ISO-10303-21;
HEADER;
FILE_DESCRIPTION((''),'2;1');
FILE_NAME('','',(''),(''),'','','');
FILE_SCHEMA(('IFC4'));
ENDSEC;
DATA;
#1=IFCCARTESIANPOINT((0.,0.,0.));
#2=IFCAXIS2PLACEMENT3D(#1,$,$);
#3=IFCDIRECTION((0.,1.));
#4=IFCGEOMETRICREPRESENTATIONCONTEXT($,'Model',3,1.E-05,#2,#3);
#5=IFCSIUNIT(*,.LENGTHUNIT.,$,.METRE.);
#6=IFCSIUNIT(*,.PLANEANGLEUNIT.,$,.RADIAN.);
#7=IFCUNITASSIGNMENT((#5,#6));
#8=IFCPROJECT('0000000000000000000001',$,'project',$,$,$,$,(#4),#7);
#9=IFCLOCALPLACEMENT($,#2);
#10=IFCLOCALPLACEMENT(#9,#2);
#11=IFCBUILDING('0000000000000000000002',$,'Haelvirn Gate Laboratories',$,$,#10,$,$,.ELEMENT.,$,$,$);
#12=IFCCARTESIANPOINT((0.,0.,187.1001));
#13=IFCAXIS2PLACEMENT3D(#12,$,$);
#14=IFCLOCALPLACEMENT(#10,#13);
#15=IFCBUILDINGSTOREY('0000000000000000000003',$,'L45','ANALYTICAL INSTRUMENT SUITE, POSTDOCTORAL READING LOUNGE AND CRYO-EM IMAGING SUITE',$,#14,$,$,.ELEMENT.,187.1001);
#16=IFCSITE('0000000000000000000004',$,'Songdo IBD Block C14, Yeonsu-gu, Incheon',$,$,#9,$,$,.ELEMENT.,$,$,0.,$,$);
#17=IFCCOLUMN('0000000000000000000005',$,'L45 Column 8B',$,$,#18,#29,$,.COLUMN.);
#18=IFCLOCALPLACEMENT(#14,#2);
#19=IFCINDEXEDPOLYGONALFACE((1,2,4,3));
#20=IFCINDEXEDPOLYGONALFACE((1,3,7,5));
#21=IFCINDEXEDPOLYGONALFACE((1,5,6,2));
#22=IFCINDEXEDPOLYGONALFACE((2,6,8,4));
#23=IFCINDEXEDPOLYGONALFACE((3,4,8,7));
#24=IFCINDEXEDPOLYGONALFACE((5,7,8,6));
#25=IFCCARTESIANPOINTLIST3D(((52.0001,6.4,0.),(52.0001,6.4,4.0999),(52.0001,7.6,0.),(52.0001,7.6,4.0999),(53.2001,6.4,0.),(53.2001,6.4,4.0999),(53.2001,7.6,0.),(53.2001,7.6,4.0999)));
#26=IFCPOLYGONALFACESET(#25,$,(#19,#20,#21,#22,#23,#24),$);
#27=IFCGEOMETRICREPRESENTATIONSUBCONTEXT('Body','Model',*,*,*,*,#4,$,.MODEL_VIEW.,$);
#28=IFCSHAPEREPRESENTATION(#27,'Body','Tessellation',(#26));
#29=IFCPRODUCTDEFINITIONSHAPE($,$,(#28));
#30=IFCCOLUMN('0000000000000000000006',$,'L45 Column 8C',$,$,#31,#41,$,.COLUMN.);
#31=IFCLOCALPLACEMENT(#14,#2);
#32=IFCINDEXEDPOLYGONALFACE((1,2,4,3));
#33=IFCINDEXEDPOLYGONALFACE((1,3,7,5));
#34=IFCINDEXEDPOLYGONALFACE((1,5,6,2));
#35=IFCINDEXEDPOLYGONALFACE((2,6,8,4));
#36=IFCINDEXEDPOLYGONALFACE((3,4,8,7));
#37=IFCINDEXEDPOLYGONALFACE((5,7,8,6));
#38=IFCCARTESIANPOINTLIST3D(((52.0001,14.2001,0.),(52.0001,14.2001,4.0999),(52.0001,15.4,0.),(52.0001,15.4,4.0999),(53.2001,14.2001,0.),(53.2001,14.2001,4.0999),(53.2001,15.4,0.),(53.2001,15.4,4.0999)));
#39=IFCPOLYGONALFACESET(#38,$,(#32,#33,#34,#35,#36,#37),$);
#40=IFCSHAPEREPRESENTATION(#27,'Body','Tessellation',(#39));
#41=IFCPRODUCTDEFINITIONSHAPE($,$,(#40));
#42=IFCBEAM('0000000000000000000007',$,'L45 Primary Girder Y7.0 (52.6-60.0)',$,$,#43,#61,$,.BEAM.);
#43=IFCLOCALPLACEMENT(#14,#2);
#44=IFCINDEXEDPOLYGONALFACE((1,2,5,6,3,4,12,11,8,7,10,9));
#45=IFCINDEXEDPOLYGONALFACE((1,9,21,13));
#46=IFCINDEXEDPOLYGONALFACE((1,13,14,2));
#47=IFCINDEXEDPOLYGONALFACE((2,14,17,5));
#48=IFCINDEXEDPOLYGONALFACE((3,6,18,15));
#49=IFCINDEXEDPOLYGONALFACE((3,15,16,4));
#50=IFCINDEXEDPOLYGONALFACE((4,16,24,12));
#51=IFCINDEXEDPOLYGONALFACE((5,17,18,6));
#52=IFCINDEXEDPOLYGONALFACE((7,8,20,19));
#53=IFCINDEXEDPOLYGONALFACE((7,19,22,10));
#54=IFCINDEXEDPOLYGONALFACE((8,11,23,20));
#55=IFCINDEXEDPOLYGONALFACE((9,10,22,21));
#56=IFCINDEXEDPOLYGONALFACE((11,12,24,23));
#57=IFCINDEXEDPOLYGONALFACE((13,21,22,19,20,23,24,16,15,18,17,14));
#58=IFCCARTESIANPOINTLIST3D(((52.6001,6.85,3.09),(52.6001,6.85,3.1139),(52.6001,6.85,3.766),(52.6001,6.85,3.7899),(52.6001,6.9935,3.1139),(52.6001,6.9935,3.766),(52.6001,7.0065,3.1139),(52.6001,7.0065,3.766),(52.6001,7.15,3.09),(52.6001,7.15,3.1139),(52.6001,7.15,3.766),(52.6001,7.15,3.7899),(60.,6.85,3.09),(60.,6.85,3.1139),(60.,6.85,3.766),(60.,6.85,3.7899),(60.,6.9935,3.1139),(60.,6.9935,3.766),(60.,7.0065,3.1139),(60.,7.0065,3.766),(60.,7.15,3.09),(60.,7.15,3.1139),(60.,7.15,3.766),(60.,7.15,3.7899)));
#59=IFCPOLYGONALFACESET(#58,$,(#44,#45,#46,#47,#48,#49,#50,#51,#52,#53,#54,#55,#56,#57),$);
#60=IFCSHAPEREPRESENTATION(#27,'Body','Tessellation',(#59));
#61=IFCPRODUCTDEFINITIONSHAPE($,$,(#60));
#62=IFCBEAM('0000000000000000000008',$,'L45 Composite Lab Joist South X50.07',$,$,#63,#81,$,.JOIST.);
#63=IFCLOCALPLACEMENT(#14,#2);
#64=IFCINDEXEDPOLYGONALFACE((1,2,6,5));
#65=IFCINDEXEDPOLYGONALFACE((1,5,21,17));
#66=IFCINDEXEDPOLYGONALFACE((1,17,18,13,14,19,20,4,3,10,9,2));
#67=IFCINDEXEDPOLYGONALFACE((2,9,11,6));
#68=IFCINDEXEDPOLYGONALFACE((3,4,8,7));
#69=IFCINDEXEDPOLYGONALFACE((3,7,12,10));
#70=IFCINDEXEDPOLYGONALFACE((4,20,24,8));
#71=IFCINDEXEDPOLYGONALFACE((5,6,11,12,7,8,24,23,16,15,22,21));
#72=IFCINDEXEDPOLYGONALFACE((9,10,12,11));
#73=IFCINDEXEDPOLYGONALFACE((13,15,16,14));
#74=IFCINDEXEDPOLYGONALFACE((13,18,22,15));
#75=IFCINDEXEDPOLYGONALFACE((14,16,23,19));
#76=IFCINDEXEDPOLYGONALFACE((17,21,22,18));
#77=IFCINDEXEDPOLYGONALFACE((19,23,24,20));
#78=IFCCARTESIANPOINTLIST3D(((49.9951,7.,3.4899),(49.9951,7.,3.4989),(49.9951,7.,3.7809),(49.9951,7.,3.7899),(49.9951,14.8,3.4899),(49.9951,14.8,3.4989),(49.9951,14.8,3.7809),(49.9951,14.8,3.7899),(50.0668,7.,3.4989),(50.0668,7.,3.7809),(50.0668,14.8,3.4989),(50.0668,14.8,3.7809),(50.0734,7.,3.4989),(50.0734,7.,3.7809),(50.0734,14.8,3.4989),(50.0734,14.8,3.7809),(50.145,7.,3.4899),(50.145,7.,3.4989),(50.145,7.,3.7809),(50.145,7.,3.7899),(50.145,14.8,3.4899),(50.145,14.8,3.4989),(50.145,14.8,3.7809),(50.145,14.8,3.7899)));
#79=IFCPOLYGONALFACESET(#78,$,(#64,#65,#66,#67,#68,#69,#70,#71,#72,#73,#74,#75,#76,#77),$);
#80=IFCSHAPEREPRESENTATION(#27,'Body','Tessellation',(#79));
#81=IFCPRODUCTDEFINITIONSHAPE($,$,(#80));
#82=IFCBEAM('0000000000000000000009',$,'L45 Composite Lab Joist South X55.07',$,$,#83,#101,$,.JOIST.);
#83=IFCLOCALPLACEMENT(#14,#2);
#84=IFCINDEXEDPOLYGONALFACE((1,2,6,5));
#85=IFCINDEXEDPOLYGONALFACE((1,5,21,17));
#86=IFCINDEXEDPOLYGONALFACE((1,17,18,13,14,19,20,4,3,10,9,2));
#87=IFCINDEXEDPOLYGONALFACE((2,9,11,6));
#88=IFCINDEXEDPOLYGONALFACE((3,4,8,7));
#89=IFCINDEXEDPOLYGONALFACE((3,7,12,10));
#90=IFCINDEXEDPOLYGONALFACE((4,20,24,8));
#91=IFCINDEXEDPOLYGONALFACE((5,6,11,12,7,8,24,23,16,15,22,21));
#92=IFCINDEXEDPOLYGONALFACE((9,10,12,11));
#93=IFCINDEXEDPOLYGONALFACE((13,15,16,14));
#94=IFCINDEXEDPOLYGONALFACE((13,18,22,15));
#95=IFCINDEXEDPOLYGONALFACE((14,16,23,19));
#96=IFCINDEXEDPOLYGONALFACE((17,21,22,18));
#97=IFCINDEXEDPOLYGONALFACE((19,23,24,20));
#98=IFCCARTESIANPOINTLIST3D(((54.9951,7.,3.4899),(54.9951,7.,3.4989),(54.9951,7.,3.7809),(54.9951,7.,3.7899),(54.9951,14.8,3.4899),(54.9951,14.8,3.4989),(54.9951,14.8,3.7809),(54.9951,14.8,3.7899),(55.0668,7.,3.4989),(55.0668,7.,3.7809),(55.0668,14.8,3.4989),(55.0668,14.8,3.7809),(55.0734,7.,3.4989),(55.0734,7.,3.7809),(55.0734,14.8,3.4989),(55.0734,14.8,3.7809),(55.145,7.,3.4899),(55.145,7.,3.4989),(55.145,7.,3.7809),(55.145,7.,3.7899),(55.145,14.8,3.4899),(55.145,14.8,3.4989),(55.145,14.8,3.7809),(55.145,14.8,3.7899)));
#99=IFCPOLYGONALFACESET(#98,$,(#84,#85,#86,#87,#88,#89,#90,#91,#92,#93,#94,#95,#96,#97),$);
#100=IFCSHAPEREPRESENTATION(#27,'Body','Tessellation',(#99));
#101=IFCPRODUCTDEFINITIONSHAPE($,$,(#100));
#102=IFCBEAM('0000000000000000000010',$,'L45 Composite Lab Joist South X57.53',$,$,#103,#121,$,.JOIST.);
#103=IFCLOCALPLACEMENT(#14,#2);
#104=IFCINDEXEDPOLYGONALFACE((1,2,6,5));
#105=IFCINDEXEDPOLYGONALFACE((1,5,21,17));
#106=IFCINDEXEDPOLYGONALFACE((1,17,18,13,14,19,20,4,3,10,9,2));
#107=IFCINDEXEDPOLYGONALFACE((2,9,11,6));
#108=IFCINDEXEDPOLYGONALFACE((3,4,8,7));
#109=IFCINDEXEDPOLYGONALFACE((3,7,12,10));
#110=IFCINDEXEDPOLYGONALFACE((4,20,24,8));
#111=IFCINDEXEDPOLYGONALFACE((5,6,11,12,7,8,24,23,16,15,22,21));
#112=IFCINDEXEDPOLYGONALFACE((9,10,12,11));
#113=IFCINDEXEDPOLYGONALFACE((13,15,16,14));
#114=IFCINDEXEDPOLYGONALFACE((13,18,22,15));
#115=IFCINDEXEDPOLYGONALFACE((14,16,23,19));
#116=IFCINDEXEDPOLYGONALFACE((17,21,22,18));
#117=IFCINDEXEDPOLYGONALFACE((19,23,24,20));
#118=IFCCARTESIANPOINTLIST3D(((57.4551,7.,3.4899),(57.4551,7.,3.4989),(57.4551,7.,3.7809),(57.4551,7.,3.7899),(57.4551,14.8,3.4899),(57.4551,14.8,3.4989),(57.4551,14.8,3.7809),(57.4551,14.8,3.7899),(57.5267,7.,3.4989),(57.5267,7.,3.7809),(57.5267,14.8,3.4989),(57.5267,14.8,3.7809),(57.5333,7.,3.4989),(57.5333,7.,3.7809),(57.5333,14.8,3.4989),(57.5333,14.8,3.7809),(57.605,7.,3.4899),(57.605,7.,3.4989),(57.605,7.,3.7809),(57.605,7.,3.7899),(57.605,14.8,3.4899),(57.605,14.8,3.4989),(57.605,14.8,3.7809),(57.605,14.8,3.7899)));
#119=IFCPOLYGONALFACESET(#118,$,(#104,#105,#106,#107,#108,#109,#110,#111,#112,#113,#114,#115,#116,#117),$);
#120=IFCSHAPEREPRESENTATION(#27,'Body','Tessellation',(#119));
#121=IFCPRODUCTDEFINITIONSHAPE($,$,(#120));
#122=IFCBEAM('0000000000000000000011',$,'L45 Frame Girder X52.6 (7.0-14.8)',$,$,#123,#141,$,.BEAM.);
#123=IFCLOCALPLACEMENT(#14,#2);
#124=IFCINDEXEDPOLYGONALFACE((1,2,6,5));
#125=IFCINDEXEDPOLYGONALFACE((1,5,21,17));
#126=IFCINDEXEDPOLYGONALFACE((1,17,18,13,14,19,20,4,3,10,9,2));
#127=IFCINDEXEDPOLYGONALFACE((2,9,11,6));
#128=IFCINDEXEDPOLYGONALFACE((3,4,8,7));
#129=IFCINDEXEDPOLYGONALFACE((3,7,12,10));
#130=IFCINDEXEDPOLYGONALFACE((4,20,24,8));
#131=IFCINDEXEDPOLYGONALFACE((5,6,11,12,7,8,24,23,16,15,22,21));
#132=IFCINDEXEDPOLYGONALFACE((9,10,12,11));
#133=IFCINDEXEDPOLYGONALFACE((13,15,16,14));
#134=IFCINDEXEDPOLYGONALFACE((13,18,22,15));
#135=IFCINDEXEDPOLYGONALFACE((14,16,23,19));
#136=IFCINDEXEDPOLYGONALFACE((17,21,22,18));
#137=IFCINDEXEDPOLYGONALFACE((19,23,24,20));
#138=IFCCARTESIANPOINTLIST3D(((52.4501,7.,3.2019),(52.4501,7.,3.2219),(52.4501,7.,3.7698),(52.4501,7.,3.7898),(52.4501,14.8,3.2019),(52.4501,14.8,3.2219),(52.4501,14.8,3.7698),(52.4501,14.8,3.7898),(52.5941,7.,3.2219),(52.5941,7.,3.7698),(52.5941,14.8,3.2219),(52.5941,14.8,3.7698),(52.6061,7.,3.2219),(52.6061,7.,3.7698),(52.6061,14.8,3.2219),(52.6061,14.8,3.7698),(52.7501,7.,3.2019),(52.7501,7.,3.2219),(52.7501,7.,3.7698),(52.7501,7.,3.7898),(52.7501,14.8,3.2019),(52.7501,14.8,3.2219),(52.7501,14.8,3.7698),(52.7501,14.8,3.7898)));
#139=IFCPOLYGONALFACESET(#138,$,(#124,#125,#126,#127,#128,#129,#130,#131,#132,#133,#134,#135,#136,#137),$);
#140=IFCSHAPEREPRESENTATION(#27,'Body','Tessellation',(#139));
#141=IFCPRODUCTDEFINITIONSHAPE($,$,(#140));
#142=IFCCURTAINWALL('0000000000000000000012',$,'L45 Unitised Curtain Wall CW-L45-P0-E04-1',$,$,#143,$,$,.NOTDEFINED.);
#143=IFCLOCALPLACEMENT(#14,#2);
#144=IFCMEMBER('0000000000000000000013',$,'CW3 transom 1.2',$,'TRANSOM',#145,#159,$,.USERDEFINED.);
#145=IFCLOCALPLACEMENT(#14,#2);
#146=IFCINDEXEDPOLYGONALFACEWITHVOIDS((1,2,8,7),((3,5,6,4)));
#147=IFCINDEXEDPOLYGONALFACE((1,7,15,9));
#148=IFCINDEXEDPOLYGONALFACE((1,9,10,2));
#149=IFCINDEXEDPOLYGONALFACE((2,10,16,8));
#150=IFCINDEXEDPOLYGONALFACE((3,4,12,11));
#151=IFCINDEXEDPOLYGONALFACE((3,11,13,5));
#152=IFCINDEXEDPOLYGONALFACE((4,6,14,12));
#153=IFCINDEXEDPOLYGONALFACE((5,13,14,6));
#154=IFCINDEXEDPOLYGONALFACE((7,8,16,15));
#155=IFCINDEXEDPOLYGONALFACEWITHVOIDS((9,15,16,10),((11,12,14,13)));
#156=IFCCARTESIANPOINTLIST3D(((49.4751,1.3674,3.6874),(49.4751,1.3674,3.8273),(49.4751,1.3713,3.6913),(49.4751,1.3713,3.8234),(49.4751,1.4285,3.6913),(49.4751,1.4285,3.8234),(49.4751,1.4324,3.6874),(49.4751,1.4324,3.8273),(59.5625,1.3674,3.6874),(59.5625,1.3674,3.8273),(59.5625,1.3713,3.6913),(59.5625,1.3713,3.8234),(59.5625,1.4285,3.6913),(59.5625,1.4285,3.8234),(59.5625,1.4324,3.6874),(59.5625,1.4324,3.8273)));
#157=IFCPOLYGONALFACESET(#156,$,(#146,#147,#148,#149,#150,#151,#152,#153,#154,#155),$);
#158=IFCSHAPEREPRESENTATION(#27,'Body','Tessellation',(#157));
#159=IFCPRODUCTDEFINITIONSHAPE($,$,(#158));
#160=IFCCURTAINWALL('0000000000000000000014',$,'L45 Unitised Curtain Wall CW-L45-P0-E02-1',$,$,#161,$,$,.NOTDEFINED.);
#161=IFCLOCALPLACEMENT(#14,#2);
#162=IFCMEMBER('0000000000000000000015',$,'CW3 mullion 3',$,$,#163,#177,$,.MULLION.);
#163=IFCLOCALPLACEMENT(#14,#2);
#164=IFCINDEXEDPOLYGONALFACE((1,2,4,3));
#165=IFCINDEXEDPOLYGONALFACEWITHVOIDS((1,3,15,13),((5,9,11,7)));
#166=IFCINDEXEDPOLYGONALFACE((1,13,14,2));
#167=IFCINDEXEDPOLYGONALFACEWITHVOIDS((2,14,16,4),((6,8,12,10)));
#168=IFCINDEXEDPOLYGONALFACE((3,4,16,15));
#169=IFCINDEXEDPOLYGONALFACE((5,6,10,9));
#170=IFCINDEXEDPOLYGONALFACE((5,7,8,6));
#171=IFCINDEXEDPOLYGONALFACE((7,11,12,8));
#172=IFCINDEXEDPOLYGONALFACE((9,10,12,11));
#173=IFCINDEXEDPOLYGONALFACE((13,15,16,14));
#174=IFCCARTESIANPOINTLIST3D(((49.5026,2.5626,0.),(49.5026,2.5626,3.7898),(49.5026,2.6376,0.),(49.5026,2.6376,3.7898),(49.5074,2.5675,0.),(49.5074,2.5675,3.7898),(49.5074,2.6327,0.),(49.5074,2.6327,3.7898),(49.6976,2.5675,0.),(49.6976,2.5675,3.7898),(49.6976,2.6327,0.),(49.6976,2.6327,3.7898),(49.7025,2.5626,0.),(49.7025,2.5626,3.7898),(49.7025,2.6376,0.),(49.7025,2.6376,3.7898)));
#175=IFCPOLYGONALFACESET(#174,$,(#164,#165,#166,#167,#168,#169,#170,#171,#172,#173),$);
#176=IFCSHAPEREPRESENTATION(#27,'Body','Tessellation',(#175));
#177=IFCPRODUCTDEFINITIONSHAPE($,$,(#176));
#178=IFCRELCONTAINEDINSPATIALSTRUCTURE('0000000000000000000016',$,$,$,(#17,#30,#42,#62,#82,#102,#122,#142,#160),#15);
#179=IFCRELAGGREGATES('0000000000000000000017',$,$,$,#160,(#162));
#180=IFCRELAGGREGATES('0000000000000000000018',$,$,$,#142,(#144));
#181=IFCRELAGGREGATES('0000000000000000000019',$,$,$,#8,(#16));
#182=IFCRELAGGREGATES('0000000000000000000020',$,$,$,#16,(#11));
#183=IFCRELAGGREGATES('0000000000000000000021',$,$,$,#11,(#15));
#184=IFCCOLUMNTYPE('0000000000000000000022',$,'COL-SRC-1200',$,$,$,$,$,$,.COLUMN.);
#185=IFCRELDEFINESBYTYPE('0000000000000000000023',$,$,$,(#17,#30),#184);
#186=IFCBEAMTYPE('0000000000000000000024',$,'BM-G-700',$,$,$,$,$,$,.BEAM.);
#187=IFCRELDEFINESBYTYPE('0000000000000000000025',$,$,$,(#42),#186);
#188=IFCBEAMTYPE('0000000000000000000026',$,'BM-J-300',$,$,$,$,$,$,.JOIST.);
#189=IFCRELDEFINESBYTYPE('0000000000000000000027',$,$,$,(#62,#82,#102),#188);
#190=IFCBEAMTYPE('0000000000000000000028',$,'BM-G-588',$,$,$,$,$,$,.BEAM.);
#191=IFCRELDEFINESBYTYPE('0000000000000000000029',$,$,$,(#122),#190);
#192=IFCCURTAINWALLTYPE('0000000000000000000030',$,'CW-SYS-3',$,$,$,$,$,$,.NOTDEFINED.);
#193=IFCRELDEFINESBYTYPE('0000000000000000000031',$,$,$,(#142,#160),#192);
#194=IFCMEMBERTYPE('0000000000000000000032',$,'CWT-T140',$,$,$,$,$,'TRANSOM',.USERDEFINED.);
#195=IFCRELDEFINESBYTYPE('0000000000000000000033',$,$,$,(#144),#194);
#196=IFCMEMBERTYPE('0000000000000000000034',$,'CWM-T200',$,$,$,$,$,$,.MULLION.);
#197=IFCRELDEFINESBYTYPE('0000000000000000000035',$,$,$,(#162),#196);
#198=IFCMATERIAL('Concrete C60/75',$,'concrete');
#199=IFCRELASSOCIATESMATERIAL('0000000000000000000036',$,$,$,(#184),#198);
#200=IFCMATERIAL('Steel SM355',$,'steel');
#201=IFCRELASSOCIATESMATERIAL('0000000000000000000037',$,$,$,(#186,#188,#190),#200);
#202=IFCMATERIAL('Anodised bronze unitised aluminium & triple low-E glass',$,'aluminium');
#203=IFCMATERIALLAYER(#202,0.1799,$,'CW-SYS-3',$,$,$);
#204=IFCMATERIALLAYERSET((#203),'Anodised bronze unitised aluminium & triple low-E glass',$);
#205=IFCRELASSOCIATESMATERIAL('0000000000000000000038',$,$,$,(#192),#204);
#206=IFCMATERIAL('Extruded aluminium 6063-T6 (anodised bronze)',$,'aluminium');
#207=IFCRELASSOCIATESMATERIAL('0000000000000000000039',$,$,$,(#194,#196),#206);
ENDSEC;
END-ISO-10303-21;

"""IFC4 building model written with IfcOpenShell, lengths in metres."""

from ifc_helpers import new_model, si_unit, direction, frame, origin, origin_2d, place, context, subcontext, project, spatial, rectangle, hollow_rectangle, i_section, extrude, source, transform, mapped, material, layer, layer_set, material_profile, profile_set, type_object, type_shapes, element, aggregate, save


model = new_model("IFC4")

# Units and contexts
model_context = context("Model", 3, precision=1e-05, world=origin(), true_north=direction((0.0, 1.0)))
body_context = subcontext(model_context, "Body", "Model", "MODEL_VIEW")
ifc_project = project(units=[si_unit("LENGTHUNIT", "METRE"), si_unit("PLANEANGLEUNIT", "RADIAN")], contexts=[model_context])

# Site, building, storey
site_placement = place(None, origin())
site = spatial("IfcSite", under=ifc_project, at=site_placement, Name="Songdo IBD Block C14, Yeonsu-gu, Incheon", CompositionType="ELEMENT", RefElevation=0.0)
building_placement = place(site_placement, origin())
building = spatial("IfcBuilding", under=site, at=building_placement, Name="Haelvirn Gate Laboratories", CompositionType="ELEMENT")
storey_placement = place(building_placement, frame((0.0, 0.0, 187.1001)))
storey = spatial("IfcBuildingStorey", under=building, at=storey_placement, Name="L45", Description="ANALYTICAL INSTRUMENT SUITE, POSTDOCTORAL READING LOUNGE AND CRYO-EM IMAGING SUITE", CompositionType="ELEMENT", Elevation=187.1001)

# Columns
ifc_material_1 = material(Name="Concrete C60/75", Category="concrete")
ifc_material_profile_1 = material_profile(ifc_material_1, rectangle(XDim=1.2, YDim=1.2, at=origin_2d()), Name="SRC-1200x1200")
ifc_profile_set_1 = profile_set([ifc_material_profile_1], Name="Concrete C60/75")
column_type = type_object("IfcColumnType", Name="COL-SRC-1200", PredefinedType="COLUMN", material=ifc_profile_set_1)
shared_shape_1 = source(origin(), body_context, "Body", "SweptSolid", [
    extrude(rectangle(XDim=1.2, YDim=1.2, at=origin_2d()), origin(), (0.0, 0.0, 1.0), 4.0999),
])
type_shapes(column_type, [shared_shape_1])
for number, where, z_axis, x_axis, name in (
    (1, (52.6001, 7.0, 0.0), (0.0, 0.0, 1.0), (1.0, 0.0, 0.0), "L45 Column 8B"),
    (2, (52.6001, 14.8, 0.0), (0.0, 0.0, 1.0), (1.0, 0.0, 0.0), "L45 Column 8C"),
):
    element("IfcColumn", number, at=place(storey_placement, frame(where, z_axis=z_axis, x_axis=x_axis)), inside=storey, type_object=column_type, Name=name, PredefinedType="COLUMN", context=body_context, shape_type="MappedRepresentation", body=[
        mapped(shared_shape_1, transform((0.0, 0.0, 0.0), scale=1.0)),
    ])

# Beams
ifc_material_2 = material(Name="Steel SM355", Category="steel")
ifc_material_profile_2 = material_profile(ifc_material_2, i_section(OverallWidth=0.3, OverallDepth=0.7, WebThickness=0.0129, FlangeThickness=0.0239, at=origin_2d()), Name="H-700x300x13x24")
ifc_profile_set_2 = profile_set([ifc_material_profile_2], Name="Steel SM355")
beam_type_1 = type_object("IfcBeamType", Name="BM-G-700", PredefinedType="BEAM", material=ifc_profile_set_2)
shared_shape_2 = source(origin(), body_context, "Body", "SweptSolid", [
    extrude(i_section(OverallWidth=0.3, OverallDepth=0.7, WebThickness=0.0129, FlangeThickness=0.0239, at=origin_2d()), origin(), (0.0, 0.0, 1.0), 7.3999),
])
type_shapes(beam_type_1, [shared_shape_2])
beam_1_placement = place(storey_placement, frame((52.6001, 7.0, 3.4399), z_axis=(1.0, 0.0, 0.0), x_axis=(0.0, 1.0, 0.0)))
element("IfcBeam", 3, at=beam_1_placement, inside=storey, type_object=beam_type_1, Name="L45 Primary Girder Y7.0 (52.6-60.0)", PredefinedType="BEAM", context=body_context, shape_type="MappedRepresentation", body=[
    mapped(shared_shape_2, transform((0.0, 0.0, 0.0), scale=1.0)),
])
ifc_material_profile_3 = material_profile(ifc_material_2, i_section(OverallWidth=0.1499, OverallDepth=0.3, WebThickness=0.0066, FlangeThickness=0.009, at=origin_2d()), Name="H-300x150x6.5x9")
ifc_profile_set_3 = profile_set([ifc_material_profile_3], Name="Steel SM355")
beam_type_2 = type_object("IfcBeamType", Name="BM-J-300", PredefinedType="JOIST", material=ifc_profile_set_3)
shared_shape_3 = source(origin(), body_context, "Body", "SweptSolid", [
    extrude(i_section(OverallWidth=0.1499, OverallDepth=0.3, WebThickness=0.0066, FlangeThickness=0.009, at=origin_2d()), origin(), (0.0, 0.0, 1.0), 7.8),
])
type_shapes(beam_type_2, [shared_shape_3])
for number, where, z_axis, x_axis, name in (
    (4, (50.0701, 7.0, 3.6399), (0.0, 1.0, 0.0), (-1.0, 0.0, 0.0), "L45 Composite Lab Joist South X50.07"),
    (5, (55.0701, 7.0, 3.6399), (0.0, 1.0, 0.0), (-1.0, 0.0, 0.0), "L45 Composite Lab Joist South X55.07"),
    (6, (57.53, 7.0, 3.6399), (0.0, 1.0, 0.0), (-1.0, 0.0, 0.0), "L45 Composite Lab Joist South X57.53"),
):
    element("IfcBeam", number, at=place(storey_placement, frame(where, z_axis=z_axis, x_axis=x_axis)), inside=storey, type_object=beam_type_2, Name=name, PredefinedType="JOIST", context=body_context, shape_type="MappedRepresentation", body=[
        mapped(shared_shape_3, transform((0.0, 0.0, 0.0), scale=1.0)),
    ])
ifc_material_profile_4 = material_profile(ifc_material_2, i_section(OverallWidth=0.3, OverallDepth=0.5879, WebThickness=0.012, FlangeThickness=0.02, at=origin_2d()), Name="H-588x300x12x20")
ifc_profile_set_4 = profile_set([ifc_material_profile_4], Name="Steel SM355")
beam_type_3 = type_object("IfcBeamType", Name="BM-G-588", PredefinedType="BEAM", material=ifc_profile_set_4)
shared_shape_4 = source(origin(), body_context, "Body", "SweptSolid", [
    extrude(i_section(OverallWidth=0.3, OverallDepth=0.5879, WebThickness=0.012, FlangeThickness=0.02, at=origin_2d()), origin(), (0.0, 0.0, 1.0), 7.8),
])
type_shapes(beam_type_3, [shared_shape_4])
beam_2_placement = place(storey_placement, frame((52.6001, 7.0, 3.4958), z_axis=(0.0, 1.0, 0.0), x_axis=(-1.0, 0.0, 0.0)))
element("IfcBeam", 7, at=beam_2_placement, inside=storey, type_object=beam_type_3, Name="L45 Frame Girder X52.6 (7.0-14.8)", PredefinedType="BEAM", context=body_context, shape_type="MappedRepresentation", body=[
    mapped(shared_shape_4, transform((0.0, 0.0, 0.0), scale=1.0)),
])

# Curtain walls, members
ifc_material_3 = material(Name="Anodised bronze unitised aluminium & triple low-E glass", Category="aluminium")
ifc_layer_1 = layer(ifc_material_3, 0.1799, Name="CW-SYS-3")
ifc_layer_set_1 = layer_set([ifc_layer_1], Name="Anodised bronze unitised aluminium & triple low-E glass")
curtain_wall_type = type_object("IfcCurtainWallType", Name="CW-SYS-3", PredefinedType="NOTDEFINED", material=ifc_layer_set_1)
curtain_wall_1_placement = place(storey_placement, origin())
curtain_wall_1 = element("IfcCurtainWall", 8, at=curtain_wall_1_placement, inside=storey, type_object=curtain_wall_type, Name="L45 Unitised Curtain Wall CW-L45-P0-E04-1", PredefinedType="NOTDEFINED")
ifc_material_4 = material(Name="Extruded aluminium 6063-T6 (anodised bronze)", Category="aluminium")
ifc_material_profile_5 = material_profile(ifc_material_4, hollow_rectangle(XDim=0.0649, YDim=0.1399, WallThickness=0.0039, at=origin_2d()), Name="CWT-140x65x4")
ifc_profile_set_5 = profile_set([ifc_material_profile_5], Name="Extruded aluminium 6063-T6 (anodised bronze)")
member_type_1 = type_object("IfcMemberType", Name="CWT-T140", ElementType="TRANSOM", PredefinedType="USERDEFINED", material=ifc_profile_set_5)
shared_shape_5 = source(origin(), body_context, "Body", "SweptSolid", [
    extrude(hollow_rectangle(XDim=0.0649, YDim=0.1399, WallThickness=0.0039, at=origin_2d()), origin(), (0.0, 0.0, 1.0), 10.0874),
])
type_shapes(member_type_1, [shared_shape_5])
member_1_placement = place(storey_placement, frame((49.4751, 1.3999, 3.7573), z_axis=(1.0, 0.0, 0.0), x_axis=(0.0, 1.0, 0.0)))
member_1 = element("IfcMember", 9, at=member_1_placement, type_object=member_type_1, Name="CW3 transom 1.2", ObjectType="TRANSOM", PredefinedType="USERDEFINED", context=body_context, shape_type="MappedRepresentation", body=[
    mapped(shared_shape_5, transform((0.0, 0.0, 0.0), scale=1.0)),
])
curtain_wall_2_placement = place(storey_placement, origin())
curtain_wall_2 = element("IfcCurtainWall", 10, at=curtain_wall_2_placement, inside=storey, type_object=curtain_wall_type, Name="L45 Unitised Curtain Wall CW-L45-P0-E02-1", PredefinedType="NOTDEFINED")
ifc_material_profile_6 = material_profile(ifc_material_4, hollow_rectangle(XDim=0.075, YDim=0.2, WallThickness=0.0049, at=origin_2d()), Name="CWM-200x75x5")
ifc_profile_set_6 = profile_set([ifc_material_profile_6], Name="Extruded aluminium 6063-T6 (anodised bronze)")
member_type_2 = type_object("IfcMemberType", Name="CWM-T200", PredefinedType="MULLION", material=ifc_profile_set_6)
shared_shape_6 = source(origin(), body_context, "Body", "SweptSolid", [
    extrude(hollow_rectangle(XDim=0.075, YDim=0.2, WallThickness=0.0049, at=origin_2d()), origin(), (0.0, 0.0, 1.0), 3.7898),
])
type_shapes(member_type_2, [shared_shape_6])
member_2_placement = place(storey_placement, frame((49.6025, 2.6001, 0.0), z_axis=(0.0, 0.0, 1.0), x_axis=(0.0, 1.0, 0.0)))
member_2 = element("IfcMember", 11, at=member_2_placement, type_object=member_type_2, Name="CW3 mullion 3", PredefinedType="MULLION", context=body_context, shape_type="MappedRepresentation", body=[
    mapped(shared_shape_6, transform((0.0, 0.0, 0.0), scale=1.0)),
])
aggregate(curtain_wall_2, [member_2])

aggregate(curtain_wall_1, [member_1])

save(model, "model.ifc")
